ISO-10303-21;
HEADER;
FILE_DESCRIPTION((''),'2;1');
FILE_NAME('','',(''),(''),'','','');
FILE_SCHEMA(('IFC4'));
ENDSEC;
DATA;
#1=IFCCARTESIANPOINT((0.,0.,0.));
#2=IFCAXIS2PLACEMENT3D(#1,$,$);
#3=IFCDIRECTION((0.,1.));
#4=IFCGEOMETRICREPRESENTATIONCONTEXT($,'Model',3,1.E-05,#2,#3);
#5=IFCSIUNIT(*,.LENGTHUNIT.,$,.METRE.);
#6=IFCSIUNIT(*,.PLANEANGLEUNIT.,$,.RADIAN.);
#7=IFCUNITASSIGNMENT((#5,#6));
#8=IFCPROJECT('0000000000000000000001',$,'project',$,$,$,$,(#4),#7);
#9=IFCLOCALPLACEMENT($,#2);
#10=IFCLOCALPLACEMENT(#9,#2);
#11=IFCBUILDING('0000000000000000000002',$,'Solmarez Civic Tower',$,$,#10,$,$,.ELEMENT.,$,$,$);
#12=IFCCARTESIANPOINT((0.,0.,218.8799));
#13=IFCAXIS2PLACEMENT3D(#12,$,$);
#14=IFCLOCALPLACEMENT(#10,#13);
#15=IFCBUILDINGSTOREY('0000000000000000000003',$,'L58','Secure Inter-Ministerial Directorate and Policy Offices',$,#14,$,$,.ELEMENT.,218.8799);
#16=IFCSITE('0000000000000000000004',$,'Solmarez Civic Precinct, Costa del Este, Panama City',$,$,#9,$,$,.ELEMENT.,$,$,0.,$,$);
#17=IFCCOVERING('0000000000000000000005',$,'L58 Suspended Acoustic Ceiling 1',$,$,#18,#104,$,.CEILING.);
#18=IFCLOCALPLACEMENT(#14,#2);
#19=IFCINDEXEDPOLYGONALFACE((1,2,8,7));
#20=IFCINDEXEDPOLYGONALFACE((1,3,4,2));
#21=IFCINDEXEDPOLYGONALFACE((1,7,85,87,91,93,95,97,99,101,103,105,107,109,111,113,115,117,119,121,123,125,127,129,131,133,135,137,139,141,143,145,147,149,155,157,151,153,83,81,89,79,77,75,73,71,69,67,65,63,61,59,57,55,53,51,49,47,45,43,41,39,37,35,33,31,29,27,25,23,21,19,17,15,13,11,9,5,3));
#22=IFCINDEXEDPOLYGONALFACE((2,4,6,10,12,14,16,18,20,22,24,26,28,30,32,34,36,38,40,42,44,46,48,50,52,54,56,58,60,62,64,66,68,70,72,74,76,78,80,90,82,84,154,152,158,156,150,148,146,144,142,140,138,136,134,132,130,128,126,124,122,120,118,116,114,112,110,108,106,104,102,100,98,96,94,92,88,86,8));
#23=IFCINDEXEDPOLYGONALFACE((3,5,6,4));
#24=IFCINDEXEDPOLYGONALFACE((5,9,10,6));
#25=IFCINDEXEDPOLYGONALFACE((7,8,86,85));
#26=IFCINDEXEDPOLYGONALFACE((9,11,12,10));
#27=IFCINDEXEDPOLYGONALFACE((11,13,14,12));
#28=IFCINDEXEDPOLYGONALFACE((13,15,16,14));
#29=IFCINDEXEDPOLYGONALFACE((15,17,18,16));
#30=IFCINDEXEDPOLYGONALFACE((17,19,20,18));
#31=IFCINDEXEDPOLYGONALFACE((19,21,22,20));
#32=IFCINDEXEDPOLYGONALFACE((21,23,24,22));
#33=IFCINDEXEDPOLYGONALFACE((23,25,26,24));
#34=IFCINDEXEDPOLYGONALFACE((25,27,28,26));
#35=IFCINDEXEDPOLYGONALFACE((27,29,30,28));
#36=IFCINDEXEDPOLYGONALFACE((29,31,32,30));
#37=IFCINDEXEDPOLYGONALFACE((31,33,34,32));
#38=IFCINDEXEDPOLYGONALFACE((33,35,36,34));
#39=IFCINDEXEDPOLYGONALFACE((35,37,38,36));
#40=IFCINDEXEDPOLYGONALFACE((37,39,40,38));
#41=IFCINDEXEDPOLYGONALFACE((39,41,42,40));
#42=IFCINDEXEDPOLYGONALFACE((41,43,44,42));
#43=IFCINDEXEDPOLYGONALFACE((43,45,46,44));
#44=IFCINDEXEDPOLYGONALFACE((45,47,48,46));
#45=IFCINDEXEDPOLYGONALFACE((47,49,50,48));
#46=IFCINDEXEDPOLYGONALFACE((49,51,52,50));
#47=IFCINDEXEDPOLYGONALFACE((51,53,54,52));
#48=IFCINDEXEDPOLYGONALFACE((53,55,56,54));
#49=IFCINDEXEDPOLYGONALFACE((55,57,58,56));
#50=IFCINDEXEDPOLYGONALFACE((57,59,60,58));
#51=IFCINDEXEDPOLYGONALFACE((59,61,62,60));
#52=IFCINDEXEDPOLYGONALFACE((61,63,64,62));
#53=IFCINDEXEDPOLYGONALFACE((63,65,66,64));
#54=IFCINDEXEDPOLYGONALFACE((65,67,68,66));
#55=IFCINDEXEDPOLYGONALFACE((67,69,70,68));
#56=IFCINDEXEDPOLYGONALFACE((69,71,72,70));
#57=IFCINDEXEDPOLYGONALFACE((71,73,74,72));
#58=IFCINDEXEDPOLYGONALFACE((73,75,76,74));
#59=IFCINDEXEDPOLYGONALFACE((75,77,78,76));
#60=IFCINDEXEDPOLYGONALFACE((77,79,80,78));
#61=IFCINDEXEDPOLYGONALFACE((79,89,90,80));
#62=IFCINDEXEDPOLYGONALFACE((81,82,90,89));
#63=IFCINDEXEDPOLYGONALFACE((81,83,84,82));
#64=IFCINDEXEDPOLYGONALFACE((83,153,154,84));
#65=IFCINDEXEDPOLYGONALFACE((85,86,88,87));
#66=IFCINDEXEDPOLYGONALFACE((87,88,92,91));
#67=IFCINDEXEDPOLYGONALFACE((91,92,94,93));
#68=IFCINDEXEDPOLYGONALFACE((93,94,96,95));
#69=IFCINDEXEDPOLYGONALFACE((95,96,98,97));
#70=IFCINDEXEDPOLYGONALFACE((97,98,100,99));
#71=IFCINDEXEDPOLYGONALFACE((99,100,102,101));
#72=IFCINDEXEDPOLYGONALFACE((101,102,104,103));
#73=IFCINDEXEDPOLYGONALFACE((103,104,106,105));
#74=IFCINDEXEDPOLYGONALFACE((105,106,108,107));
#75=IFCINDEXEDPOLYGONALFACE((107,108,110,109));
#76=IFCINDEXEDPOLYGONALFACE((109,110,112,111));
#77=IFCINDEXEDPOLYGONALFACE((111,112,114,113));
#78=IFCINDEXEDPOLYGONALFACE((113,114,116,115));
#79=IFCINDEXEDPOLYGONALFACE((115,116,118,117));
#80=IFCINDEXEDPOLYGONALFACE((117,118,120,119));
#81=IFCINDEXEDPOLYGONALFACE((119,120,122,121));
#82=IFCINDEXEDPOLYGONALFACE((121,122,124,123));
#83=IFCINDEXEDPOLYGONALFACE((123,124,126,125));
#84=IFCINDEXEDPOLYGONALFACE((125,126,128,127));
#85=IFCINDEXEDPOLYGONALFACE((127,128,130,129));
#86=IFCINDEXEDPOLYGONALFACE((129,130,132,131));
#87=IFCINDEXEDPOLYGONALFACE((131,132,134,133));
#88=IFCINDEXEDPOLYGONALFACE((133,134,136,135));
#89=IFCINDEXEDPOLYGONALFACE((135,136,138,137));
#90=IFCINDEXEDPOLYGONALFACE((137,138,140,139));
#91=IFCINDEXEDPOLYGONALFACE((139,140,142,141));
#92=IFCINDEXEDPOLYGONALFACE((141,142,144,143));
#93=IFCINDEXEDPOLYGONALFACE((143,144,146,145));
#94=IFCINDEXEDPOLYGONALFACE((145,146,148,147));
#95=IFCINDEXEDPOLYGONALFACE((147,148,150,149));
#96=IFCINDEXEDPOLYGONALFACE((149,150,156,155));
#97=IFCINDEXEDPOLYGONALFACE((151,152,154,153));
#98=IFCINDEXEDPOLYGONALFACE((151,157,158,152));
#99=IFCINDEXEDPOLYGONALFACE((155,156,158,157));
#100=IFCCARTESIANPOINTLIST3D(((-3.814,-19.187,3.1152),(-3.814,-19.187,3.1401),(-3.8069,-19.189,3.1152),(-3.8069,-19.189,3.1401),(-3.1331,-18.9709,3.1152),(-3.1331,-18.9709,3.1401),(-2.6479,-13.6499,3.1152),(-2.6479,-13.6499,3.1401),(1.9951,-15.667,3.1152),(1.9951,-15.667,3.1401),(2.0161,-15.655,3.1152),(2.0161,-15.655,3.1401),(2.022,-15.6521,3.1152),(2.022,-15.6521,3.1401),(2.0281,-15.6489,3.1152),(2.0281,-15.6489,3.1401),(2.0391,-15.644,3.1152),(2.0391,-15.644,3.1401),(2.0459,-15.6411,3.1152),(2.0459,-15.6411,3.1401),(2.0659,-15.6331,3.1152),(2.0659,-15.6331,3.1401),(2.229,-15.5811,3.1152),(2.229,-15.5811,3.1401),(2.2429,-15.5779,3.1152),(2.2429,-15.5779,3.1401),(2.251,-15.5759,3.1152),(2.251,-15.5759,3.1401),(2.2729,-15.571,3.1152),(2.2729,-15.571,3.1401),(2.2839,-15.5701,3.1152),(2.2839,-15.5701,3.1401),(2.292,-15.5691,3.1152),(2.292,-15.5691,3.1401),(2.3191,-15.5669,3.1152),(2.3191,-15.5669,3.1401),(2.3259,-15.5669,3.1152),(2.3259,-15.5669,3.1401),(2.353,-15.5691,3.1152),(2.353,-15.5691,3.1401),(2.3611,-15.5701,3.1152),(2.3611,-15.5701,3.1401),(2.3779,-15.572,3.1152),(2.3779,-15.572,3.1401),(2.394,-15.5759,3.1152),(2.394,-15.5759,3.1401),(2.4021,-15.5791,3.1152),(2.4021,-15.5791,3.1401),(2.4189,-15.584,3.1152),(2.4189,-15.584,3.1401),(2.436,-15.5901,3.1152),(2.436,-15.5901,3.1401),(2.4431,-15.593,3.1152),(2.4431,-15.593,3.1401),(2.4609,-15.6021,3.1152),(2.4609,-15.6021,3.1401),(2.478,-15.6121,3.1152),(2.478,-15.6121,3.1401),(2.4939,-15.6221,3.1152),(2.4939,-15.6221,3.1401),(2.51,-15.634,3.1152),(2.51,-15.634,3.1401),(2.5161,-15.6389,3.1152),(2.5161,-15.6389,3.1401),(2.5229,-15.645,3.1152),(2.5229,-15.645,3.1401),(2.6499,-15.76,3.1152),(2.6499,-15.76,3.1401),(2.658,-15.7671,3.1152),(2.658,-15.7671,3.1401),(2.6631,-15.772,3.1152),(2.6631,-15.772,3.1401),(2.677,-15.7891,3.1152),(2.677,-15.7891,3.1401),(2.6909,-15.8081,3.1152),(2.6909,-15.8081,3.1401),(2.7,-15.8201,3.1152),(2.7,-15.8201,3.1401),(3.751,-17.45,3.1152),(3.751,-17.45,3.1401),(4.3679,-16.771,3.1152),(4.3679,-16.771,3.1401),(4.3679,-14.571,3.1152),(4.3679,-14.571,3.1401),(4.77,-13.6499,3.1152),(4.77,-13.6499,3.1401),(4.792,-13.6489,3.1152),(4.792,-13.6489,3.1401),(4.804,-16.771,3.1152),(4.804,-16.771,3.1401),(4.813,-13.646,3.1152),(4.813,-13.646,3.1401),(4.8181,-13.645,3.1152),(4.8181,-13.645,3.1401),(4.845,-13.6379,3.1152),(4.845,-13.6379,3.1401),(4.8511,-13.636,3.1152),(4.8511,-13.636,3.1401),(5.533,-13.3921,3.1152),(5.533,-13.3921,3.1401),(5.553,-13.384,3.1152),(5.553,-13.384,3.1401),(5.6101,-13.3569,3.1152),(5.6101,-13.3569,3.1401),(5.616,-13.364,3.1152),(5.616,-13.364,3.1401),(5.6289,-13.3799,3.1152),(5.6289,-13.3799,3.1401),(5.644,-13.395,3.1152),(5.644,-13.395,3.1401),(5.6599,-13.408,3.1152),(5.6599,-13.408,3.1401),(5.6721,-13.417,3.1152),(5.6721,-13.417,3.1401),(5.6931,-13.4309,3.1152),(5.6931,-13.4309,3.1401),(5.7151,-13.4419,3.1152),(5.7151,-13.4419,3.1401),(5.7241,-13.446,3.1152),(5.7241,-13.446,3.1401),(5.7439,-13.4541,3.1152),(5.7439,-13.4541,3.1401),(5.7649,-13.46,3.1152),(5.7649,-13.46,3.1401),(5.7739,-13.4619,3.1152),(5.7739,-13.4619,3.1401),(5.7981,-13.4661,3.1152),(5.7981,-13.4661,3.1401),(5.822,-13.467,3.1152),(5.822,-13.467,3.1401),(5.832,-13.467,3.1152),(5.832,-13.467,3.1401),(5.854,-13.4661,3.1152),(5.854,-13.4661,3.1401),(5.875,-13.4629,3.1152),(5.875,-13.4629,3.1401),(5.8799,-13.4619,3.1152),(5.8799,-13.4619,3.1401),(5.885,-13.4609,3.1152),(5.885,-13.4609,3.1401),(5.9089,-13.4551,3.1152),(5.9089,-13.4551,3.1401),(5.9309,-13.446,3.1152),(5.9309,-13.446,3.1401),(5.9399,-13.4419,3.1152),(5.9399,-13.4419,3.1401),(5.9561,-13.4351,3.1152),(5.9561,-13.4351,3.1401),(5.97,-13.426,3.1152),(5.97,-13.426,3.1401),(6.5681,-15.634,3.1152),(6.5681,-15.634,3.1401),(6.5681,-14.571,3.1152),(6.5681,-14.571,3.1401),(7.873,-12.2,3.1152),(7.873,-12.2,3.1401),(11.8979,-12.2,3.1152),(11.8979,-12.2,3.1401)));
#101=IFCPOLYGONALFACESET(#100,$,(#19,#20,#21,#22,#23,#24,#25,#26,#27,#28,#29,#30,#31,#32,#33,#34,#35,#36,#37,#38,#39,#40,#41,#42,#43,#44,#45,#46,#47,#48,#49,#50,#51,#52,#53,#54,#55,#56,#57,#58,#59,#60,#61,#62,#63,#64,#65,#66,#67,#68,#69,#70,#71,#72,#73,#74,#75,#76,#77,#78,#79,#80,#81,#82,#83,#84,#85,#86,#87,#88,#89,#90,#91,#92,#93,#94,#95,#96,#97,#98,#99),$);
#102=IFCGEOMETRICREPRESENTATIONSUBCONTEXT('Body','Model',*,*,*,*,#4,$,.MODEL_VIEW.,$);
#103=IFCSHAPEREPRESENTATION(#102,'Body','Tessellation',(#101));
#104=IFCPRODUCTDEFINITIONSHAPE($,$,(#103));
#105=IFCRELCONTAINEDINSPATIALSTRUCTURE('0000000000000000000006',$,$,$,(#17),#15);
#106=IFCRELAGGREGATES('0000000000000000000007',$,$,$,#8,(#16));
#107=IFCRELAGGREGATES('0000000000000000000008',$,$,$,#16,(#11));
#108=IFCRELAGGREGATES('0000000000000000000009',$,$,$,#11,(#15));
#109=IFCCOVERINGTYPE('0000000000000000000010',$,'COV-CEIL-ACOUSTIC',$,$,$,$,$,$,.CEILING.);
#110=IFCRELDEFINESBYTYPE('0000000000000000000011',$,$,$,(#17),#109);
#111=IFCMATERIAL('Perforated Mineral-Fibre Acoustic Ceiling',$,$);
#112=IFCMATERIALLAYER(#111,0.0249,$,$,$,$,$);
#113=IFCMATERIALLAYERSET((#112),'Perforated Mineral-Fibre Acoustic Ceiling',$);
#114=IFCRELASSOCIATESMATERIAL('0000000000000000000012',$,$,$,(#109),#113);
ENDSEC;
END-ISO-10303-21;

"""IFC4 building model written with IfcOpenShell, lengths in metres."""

from ifc_helpers import new_model, si_unit, direction, frame, origin, place, context, subcontext, project, spatial, polyline, outline, extrude, material, layer, layer_set, type_object, element, save


model = new_model("IFC4")

# Units and contexts
model_context = context("Model", 3, precision=1e-05, world=origin(), true_north=direction((0.0, 1.0)))
body_context = subcontext(model_context, "Body", "Model", "MODEL_VIEW")
ifc_project = project(units=[si_unit("LENGTHUNIT", "METRE"), si_unit("PLANEANGLEUNIT", "RADIAN")], contexts=[model_context])

# Site, building, storey
site_placement = place(None, origin())
site = spatial("IfcSite", under=ifc_project, at=site_placement, Name="Solmarez Civic Precinct, Costa del Este, Panama City", CompositionType="ELEMENT", RefElevation=0.0)
building_placement = place(site_placement, origin())
building = spatial("IfcBuilding", under=site, at=building_placement, Name="Solmarez Civic Tower", CompositionType="ELEMENT")
storey_placement = place(building_placement, frame((0.0, 0.0, 218.8799)))
storey = spatial("IfcBuildingStorey", under=building, at=storey_placement, Name="L58", Description="Secure Inter-Ministerial Directorate and Policy Offices", CompositionType="ELEMENT", Elevation=218.8799)

# Covering
ifc_material_1 = material(Name="Perforated Mineral-Fibre Acoustic Ceiling")
ifc_layer_1 = layer(ifc_material_1, 0.0249)
ifc_layer_set_1 = layer_set([ifc_layer_1], Name="Perforated Mineral-Fibre Acoustic Ceiling")
covering_type_1 = type_object("IfcCoveringType", Name="COV-CEIL-ACOUSTIC", PredefinedType="CEILING", material=ifc_layer_set_1)
covering_1_placement = place(storey_placement, frame((0.0, 0.0, 3.1152)))
element("IfcCovering", 1, at=covering_1_placement, inside=storey, type_object=covering_type_1, Name="L58 Suspended Acoustic Ceiling 1", PredefinedType="CEILING", context=body_context, shape_type="SweptSolid", body=[
    extrude(outline(polyline([(2.478, -15.6121), (2.4939, -15.6221), (2.51, -15.634), (2.5161, -15.6389), (2.5229, -15.645), (2.6499, -15.76), (2.658, -15.7671), (2.6631, -15.772), (2.677, -15.7891), (2.6909, -15.8081), (2.7, -15.8201), (3.751, -17.45), (4.804, -16.771), (4.3679, -16.771), (4.3679, -14.571), (6.5681, -14.571), (6.5681, -15.634), (11.8979, -12.2), (7.873, -12.2), (5.97, -13.426), (5.9561, -13.4351), (5.9399, -13.4419), (5.9309, -13.446), (5.9089, -13.4551), (5.885, -13.4609), (5.8799, -13.4619), (5.875, -13.4629), (5.854, -13.4661), (5.832, -13.467), (5.822, -13.467), (5.7981, -13.4661), (5.7739, -13.4619), (5.7649, -13.46), (5.7439, -13.4541), (5.7241, -13.446), (5.7151, -13.4419), (5.6931, -13.4309), (5.6721, -13.417), (5.6599, -13.408), (5.644, -13.395), (5.6289, -13.3799), (5.616, -13.364), (5.6101, -13.3569), (5.553, -13.384), (5.533, -13.3921), (4.8511, -13.636), (4.845, -13.6379), (4.8181, -13.645), (4.813, -13.646), (4.792, -13.6489), (4.77, -13.6499), (-2.6479, -13.6499), (-3.814, -19.187), (-3.8069, -19.189), (-3.1331, -18.9709), (1.9951, -15.667), (2.0161, -15.655), (2.022, -15.6521), (2.0281, -15.6489), (2.0391, -15.644), (2.0459, -15.6411), (2.0659, -15.6331), (2.229, -15.5811), (2.2429, -15.5779), (2.251, -15.5759), (2.2729, -15.571), (2.2839, -15.5701), (2.292, -15.5691), (2.3191, -15.5669), (2.3259, -15.5669), (2.353, -15.5691), (2.3611, -15.5701), (2.3779, -15.572), (2.394, -15.5759), (2.4021, -15.5791), (2.4189, -15.584), (2.436, -15.5901), (2.4431, -15.593), (2.4609, -15.6021), (2.478, -15.6121)])), origin(), (0.0, 0.0, 1.0), 0.0249),
])

save(model, "model.ifc")
